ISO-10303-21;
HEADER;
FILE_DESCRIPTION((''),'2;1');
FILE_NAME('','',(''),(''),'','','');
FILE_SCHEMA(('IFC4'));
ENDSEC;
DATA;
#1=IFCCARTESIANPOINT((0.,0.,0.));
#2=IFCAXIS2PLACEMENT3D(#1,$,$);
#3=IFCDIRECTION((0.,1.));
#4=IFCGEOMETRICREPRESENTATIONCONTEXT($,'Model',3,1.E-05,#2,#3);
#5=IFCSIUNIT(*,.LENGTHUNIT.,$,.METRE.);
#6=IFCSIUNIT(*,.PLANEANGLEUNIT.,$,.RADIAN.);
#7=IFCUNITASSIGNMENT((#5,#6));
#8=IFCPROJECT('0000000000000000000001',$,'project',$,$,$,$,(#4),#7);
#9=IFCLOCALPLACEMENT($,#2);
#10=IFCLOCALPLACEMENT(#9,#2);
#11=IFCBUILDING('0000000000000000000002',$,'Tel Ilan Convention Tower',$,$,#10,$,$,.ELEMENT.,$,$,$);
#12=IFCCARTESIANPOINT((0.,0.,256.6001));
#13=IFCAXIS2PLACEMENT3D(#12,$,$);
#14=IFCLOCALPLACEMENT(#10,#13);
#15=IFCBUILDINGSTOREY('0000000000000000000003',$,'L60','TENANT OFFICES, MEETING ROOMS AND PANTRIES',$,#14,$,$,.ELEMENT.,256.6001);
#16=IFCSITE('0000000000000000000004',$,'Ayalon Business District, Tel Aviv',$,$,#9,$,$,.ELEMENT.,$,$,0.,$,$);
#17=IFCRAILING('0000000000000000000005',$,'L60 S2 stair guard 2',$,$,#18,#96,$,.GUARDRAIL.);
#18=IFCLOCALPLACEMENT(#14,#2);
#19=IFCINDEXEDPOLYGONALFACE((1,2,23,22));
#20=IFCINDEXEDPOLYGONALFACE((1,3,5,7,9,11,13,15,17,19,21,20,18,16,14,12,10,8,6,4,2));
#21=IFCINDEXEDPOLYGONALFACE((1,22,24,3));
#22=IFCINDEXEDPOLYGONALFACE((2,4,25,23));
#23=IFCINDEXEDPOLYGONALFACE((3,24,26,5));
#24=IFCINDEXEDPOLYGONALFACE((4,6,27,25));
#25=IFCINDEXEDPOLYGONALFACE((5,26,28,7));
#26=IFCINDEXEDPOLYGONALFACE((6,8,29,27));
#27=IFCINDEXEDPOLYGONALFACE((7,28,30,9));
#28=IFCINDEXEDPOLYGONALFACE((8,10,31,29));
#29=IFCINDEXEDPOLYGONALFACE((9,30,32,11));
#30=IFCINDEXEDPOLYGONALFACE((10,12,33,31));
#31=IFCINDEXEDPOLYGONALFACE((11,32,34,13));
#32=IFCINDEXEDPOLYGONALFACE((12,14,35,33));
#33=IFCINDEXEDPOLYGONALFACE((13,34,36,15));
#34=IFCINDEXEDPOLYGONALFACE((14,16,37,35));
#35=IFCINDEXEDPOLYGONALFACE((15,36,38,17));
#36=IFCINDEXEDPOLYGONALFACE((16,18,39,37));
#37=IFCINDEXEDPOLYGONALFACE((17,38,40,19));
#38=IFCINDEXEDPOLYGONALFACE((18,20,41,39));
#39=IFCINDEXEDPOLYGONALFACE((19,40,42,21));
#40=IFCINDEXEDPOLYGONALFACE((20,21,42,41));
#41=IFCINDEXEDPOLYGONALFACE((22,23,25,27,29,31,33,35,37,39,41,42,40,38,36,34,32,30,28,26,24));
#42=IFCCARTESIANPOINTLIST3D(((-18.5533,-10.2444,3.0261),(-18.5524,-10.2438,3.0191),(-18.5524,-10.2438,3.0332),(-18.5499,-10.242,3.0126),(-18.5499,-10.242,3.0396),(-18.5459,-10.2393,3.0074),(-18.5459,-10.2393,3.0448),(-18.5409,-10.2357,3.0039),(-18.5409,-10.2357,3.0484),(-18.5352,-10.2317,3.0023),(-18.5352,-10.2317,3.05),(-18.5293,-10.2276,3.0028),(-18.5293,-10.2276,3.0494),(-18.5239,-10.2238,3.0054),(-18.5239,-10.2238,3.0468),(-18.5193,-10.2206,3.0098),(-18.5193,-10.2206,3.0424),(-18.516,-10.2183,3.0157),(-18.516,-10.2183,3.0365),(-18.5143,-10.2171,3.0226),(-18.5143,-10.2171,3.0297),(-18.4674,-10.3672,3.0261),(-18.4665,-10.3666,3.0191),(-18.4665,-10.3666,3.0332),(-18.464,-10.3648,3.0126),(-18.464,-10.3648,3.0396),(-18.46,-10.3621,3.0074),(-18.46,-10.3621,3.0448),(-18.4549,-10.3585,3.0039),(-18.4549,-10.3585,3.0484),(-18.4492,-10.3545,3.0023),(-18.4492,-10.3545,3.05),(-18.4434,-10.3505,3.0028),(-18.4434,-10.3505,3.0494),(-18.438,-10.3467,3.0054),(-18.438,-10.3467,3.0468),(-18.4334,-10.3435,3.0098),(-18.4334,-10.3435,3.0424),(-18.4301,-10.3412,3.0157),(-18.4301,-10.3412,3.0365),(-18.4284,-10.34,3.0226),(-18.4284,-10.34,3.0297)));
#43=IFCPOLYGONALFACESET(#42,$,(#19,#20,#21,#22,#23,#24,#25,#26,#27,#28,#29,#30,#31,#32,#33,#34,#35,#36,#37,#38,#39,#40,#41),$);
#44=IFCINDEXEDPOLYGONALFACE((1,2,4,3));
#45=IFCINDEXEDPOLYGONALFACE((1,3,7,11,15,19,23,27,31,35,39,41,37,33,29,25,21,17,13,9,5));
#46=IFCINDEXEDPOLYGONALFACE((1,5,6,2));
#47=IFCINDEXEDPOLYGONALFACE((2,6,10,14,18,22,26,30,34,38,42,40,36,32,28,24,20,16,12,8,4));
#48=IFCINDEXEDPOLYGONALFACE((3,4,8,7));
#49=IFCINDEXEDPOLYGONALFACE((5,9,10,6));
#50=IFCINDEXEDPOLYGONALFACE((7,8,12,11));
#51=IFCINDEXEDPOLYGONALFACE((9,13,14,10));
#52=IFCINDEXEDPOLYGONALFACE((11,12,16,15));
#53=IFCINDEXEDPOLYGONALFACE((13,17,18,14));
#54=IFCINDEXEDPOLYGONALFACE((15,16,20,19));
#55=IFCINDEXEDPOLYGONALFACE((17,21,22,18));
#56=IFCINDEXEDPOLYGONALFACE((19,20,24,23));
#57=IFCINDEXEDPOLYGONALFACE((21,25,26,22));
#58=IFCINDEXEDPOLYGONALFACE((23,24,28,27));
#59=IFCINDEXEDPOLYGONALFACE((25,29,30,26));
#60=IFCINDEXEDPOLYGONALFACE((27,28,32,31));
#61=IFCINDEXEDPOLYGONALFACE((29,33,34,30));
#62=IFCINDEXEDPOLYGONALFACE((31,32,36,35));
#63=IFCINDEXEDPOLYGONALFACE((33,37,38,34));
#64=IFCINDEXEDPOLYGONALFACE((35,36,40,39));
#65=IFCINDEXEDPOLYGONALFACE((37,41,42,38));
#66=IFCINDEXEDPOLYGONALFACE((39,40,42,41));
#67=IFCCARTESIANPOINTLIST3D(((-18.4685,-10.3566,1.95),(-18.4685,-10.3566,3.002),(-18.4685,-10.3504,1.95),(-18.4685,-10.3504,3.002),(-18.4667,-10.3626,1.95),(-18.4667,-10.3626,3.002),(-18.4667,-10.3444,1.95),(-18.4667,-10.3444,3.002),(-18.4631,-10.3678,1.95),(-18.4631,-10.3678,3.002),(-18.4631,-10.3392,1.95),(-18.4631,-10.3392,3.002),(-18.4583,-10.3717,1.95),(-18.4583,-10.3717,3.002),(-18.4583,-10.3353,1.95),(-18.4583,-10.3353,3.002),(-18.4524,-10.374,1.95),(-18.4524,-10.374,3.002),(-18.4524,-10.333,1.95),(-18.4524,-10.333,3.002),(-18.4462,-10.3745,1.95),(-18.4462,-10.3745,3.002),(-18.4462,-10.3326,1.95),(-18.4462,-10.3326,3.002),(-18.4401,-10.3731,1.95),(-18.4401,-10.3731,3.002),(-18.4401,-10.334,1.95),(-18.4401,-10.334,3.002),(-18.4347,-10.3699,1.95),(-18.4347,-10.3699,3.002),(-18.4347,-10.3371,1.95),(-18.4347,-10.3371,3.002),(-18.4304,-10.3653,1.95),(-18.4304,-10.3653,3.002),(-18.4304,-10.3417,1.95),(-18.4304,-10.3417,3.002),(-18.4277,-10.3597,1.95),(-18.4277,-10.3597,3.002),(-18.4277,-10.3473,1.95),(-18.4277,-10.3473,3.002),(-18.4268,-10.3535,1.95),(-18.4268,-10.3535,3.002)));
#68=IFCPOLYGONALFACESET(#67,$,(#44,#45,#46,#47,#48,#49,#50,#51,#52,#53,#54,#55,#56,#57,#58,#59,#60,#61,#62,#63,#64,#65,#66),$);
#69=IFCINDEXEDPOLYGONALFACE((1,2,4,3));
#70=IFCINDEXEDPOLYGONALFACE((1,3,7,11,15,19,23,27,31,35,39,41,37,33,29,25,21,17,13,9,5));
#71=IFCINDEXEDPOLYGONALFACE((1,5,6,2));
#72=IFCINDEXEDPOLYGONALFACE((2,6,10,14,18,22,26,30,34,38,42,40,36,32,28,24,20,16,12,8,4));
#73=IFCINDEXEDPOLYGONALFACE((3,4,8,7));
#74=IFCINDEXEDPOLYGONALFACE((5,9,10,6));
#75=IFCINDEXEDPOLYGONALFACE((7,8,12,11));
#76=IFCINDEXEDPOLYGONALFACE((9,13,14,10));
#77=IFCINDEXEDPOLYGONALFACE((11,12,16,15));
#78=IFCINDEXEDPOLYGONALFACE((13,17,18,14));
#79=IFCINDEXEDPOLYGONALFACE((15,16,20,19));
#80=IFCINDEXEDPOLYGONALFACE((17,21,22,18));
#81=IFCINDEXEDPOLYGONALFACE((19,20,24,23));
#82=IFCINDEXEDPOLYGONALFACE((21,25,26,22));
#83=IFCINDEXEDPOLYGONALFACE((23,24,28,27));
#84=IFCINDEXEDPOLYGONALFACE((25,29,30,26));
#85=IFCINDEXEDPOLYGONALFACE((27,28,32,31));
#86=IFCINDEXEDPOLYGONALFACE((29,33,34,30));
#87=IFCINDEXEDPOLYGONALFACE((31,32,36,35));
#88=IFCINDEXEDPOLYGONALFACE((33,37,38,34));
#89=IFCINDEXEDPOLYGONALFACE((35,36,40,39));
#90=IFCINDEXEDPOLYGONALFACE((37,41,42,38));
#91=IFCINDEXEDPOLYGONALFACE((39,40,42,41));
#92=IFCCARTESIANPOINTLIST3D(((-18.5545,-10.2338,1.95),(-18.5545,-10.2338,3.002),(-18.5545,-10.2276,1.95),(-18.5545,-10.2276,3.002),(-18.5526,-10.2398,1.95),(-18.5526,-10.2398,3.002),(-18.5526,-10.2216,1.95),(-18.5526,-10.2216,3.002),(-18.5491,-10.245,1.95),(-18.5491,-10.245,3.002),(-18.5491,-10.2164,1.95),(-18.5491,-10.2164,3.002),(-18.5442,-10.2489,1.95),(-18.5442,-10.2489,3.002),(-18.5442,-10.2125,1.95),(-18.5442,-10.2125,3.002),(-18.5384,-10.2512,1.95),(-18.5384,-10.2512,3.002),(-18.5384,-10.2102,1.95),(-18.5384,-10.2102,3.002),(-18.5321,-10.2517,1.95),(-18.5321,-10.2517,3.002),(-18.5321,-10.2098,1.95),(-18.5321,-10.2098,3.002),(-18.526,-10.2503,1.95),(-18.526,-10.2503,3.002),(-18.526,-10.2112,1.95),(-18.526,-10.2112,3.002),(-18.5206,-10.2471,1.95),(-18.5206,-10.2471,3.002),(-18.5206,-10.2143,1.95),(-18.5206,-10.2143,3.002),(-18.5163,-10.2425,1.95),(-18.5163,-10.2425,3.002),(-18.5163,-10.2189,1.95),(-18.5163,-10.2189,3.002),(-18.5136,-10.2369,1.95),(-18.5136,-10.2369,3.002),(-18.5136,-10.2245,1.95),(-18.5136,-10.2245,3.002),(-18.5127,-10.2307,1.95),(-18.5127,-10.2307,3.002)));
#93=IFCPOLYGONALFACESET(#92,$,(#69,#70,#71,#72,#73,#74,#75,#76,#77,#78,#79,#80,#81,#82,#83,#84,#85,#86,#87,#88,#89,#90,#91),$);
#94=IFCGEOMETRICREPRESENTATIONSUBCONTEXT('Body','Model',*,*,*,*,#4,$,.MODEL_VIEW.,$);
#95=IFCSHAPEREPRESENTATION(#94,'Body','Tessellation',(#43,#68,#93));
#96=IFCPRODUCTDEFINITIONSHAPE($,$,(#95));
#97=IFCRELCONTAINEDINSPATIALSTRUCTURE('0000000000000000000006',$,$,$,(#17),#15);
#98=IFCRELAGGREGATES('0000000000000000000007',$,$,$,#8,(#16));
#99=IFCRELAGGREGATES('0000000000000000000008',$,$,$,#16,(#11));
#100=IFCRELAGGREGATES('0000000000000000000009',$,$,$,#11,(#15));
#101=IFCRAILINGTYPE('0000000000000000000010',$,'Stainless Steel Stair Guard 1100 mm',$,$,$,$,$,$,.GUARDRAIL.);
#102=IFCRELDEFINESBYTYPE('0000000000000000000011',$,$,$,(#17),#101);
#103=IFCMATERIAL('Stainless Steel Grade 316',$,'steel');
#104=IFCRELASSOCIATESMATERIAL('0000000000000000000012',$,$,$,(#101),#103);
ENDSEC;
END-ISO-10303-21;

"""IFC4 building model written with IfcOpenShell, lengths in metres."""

from ifc_helpers import new_model, si_unit, direction, frame, origin, origin_2d, place, context, subcontext, project, spatial, circle, extrude, material, type_object, element, save


model = new_model("IFC4")

# Units and contexts
model_context = context("Model", 3, precision=1e-05, world=origin(), true_north=direction((0.0, 1.0)))
body_context = subcontext(model_context, "Body", "Model", "MODEL_VIEW")
ifc_project = project(units=[si_unit("LENGTHUNIT", "METRE"), si_unit("PLANEANGLEUNIT", "RADIAN")], contexts=[model_context])

# Site, building, storey
site_placement = place(None, origin())
site = spatial("IfcSite", under=ifc_project, at=site_placement, Name="Ayalon Business District, Tel Aviv", CompositionType="ELEMENT", RefElevation=0.0)
building_placement = place(site_placement, origin())
building = spatial("IfcBuilding", under=site, at=building_placement, Name="Tel Ilan Convention Tower", CompositionType="ELEMENT")
storey_placement = place(building_placement, frame((0.0, 0.0, 256.6001)))
storey = spatial("IfcBuildingStorey", under=building, at=storey_placement, Name="L60", Description="TENANT OFFICES, MEETING ROOMS AND PANTRIES", CompositionType="ELEMENT", Elevation=256.6001)

# Railing
ifc_material_1 = material(Name="Stainless Steel Grade 316", Category="steel")
railing_type_1 = type_object("IfcRailingType", Name="Stainless Steel Stair Guard 1100 mm", PredefinedType="GUARDRAIL", material=ifc_material_1)
railing_1_placement = place(storey_placement, frame((-18.4478, -10.3535, 1.95)))
element("IfcRailing", 1, at=railing_1_placement, inside=storey, type_object=railing_type_1, Name="L60 S2 stair guard 2", PredefinedType="GUARDRAIL", context=body_context, shape_type="SweptSolid", body=[
    extrude(circle(Radius=0.0239, at=origin_2d()), frame((0.0, 0.0, 1.0762), z_axis=(-0.573353, 0.819308, 0.0), x_axis=(-0.819308, -0.573353, 0.0)), (0.0, 0.0, 1.0), 0.1499),
    extrude(circle(Radius=0.021, at=origin_2d()), origin(), (0.0, 0.0, 1.0), 1.052),
    extrude(circle(Radius=0.021, at=origin_2d()), frame((-0.0859, 0.1228, 0.0)), (0.0, 0.0, 1.0), 1.052),
])

save(model, "model.ifc")
